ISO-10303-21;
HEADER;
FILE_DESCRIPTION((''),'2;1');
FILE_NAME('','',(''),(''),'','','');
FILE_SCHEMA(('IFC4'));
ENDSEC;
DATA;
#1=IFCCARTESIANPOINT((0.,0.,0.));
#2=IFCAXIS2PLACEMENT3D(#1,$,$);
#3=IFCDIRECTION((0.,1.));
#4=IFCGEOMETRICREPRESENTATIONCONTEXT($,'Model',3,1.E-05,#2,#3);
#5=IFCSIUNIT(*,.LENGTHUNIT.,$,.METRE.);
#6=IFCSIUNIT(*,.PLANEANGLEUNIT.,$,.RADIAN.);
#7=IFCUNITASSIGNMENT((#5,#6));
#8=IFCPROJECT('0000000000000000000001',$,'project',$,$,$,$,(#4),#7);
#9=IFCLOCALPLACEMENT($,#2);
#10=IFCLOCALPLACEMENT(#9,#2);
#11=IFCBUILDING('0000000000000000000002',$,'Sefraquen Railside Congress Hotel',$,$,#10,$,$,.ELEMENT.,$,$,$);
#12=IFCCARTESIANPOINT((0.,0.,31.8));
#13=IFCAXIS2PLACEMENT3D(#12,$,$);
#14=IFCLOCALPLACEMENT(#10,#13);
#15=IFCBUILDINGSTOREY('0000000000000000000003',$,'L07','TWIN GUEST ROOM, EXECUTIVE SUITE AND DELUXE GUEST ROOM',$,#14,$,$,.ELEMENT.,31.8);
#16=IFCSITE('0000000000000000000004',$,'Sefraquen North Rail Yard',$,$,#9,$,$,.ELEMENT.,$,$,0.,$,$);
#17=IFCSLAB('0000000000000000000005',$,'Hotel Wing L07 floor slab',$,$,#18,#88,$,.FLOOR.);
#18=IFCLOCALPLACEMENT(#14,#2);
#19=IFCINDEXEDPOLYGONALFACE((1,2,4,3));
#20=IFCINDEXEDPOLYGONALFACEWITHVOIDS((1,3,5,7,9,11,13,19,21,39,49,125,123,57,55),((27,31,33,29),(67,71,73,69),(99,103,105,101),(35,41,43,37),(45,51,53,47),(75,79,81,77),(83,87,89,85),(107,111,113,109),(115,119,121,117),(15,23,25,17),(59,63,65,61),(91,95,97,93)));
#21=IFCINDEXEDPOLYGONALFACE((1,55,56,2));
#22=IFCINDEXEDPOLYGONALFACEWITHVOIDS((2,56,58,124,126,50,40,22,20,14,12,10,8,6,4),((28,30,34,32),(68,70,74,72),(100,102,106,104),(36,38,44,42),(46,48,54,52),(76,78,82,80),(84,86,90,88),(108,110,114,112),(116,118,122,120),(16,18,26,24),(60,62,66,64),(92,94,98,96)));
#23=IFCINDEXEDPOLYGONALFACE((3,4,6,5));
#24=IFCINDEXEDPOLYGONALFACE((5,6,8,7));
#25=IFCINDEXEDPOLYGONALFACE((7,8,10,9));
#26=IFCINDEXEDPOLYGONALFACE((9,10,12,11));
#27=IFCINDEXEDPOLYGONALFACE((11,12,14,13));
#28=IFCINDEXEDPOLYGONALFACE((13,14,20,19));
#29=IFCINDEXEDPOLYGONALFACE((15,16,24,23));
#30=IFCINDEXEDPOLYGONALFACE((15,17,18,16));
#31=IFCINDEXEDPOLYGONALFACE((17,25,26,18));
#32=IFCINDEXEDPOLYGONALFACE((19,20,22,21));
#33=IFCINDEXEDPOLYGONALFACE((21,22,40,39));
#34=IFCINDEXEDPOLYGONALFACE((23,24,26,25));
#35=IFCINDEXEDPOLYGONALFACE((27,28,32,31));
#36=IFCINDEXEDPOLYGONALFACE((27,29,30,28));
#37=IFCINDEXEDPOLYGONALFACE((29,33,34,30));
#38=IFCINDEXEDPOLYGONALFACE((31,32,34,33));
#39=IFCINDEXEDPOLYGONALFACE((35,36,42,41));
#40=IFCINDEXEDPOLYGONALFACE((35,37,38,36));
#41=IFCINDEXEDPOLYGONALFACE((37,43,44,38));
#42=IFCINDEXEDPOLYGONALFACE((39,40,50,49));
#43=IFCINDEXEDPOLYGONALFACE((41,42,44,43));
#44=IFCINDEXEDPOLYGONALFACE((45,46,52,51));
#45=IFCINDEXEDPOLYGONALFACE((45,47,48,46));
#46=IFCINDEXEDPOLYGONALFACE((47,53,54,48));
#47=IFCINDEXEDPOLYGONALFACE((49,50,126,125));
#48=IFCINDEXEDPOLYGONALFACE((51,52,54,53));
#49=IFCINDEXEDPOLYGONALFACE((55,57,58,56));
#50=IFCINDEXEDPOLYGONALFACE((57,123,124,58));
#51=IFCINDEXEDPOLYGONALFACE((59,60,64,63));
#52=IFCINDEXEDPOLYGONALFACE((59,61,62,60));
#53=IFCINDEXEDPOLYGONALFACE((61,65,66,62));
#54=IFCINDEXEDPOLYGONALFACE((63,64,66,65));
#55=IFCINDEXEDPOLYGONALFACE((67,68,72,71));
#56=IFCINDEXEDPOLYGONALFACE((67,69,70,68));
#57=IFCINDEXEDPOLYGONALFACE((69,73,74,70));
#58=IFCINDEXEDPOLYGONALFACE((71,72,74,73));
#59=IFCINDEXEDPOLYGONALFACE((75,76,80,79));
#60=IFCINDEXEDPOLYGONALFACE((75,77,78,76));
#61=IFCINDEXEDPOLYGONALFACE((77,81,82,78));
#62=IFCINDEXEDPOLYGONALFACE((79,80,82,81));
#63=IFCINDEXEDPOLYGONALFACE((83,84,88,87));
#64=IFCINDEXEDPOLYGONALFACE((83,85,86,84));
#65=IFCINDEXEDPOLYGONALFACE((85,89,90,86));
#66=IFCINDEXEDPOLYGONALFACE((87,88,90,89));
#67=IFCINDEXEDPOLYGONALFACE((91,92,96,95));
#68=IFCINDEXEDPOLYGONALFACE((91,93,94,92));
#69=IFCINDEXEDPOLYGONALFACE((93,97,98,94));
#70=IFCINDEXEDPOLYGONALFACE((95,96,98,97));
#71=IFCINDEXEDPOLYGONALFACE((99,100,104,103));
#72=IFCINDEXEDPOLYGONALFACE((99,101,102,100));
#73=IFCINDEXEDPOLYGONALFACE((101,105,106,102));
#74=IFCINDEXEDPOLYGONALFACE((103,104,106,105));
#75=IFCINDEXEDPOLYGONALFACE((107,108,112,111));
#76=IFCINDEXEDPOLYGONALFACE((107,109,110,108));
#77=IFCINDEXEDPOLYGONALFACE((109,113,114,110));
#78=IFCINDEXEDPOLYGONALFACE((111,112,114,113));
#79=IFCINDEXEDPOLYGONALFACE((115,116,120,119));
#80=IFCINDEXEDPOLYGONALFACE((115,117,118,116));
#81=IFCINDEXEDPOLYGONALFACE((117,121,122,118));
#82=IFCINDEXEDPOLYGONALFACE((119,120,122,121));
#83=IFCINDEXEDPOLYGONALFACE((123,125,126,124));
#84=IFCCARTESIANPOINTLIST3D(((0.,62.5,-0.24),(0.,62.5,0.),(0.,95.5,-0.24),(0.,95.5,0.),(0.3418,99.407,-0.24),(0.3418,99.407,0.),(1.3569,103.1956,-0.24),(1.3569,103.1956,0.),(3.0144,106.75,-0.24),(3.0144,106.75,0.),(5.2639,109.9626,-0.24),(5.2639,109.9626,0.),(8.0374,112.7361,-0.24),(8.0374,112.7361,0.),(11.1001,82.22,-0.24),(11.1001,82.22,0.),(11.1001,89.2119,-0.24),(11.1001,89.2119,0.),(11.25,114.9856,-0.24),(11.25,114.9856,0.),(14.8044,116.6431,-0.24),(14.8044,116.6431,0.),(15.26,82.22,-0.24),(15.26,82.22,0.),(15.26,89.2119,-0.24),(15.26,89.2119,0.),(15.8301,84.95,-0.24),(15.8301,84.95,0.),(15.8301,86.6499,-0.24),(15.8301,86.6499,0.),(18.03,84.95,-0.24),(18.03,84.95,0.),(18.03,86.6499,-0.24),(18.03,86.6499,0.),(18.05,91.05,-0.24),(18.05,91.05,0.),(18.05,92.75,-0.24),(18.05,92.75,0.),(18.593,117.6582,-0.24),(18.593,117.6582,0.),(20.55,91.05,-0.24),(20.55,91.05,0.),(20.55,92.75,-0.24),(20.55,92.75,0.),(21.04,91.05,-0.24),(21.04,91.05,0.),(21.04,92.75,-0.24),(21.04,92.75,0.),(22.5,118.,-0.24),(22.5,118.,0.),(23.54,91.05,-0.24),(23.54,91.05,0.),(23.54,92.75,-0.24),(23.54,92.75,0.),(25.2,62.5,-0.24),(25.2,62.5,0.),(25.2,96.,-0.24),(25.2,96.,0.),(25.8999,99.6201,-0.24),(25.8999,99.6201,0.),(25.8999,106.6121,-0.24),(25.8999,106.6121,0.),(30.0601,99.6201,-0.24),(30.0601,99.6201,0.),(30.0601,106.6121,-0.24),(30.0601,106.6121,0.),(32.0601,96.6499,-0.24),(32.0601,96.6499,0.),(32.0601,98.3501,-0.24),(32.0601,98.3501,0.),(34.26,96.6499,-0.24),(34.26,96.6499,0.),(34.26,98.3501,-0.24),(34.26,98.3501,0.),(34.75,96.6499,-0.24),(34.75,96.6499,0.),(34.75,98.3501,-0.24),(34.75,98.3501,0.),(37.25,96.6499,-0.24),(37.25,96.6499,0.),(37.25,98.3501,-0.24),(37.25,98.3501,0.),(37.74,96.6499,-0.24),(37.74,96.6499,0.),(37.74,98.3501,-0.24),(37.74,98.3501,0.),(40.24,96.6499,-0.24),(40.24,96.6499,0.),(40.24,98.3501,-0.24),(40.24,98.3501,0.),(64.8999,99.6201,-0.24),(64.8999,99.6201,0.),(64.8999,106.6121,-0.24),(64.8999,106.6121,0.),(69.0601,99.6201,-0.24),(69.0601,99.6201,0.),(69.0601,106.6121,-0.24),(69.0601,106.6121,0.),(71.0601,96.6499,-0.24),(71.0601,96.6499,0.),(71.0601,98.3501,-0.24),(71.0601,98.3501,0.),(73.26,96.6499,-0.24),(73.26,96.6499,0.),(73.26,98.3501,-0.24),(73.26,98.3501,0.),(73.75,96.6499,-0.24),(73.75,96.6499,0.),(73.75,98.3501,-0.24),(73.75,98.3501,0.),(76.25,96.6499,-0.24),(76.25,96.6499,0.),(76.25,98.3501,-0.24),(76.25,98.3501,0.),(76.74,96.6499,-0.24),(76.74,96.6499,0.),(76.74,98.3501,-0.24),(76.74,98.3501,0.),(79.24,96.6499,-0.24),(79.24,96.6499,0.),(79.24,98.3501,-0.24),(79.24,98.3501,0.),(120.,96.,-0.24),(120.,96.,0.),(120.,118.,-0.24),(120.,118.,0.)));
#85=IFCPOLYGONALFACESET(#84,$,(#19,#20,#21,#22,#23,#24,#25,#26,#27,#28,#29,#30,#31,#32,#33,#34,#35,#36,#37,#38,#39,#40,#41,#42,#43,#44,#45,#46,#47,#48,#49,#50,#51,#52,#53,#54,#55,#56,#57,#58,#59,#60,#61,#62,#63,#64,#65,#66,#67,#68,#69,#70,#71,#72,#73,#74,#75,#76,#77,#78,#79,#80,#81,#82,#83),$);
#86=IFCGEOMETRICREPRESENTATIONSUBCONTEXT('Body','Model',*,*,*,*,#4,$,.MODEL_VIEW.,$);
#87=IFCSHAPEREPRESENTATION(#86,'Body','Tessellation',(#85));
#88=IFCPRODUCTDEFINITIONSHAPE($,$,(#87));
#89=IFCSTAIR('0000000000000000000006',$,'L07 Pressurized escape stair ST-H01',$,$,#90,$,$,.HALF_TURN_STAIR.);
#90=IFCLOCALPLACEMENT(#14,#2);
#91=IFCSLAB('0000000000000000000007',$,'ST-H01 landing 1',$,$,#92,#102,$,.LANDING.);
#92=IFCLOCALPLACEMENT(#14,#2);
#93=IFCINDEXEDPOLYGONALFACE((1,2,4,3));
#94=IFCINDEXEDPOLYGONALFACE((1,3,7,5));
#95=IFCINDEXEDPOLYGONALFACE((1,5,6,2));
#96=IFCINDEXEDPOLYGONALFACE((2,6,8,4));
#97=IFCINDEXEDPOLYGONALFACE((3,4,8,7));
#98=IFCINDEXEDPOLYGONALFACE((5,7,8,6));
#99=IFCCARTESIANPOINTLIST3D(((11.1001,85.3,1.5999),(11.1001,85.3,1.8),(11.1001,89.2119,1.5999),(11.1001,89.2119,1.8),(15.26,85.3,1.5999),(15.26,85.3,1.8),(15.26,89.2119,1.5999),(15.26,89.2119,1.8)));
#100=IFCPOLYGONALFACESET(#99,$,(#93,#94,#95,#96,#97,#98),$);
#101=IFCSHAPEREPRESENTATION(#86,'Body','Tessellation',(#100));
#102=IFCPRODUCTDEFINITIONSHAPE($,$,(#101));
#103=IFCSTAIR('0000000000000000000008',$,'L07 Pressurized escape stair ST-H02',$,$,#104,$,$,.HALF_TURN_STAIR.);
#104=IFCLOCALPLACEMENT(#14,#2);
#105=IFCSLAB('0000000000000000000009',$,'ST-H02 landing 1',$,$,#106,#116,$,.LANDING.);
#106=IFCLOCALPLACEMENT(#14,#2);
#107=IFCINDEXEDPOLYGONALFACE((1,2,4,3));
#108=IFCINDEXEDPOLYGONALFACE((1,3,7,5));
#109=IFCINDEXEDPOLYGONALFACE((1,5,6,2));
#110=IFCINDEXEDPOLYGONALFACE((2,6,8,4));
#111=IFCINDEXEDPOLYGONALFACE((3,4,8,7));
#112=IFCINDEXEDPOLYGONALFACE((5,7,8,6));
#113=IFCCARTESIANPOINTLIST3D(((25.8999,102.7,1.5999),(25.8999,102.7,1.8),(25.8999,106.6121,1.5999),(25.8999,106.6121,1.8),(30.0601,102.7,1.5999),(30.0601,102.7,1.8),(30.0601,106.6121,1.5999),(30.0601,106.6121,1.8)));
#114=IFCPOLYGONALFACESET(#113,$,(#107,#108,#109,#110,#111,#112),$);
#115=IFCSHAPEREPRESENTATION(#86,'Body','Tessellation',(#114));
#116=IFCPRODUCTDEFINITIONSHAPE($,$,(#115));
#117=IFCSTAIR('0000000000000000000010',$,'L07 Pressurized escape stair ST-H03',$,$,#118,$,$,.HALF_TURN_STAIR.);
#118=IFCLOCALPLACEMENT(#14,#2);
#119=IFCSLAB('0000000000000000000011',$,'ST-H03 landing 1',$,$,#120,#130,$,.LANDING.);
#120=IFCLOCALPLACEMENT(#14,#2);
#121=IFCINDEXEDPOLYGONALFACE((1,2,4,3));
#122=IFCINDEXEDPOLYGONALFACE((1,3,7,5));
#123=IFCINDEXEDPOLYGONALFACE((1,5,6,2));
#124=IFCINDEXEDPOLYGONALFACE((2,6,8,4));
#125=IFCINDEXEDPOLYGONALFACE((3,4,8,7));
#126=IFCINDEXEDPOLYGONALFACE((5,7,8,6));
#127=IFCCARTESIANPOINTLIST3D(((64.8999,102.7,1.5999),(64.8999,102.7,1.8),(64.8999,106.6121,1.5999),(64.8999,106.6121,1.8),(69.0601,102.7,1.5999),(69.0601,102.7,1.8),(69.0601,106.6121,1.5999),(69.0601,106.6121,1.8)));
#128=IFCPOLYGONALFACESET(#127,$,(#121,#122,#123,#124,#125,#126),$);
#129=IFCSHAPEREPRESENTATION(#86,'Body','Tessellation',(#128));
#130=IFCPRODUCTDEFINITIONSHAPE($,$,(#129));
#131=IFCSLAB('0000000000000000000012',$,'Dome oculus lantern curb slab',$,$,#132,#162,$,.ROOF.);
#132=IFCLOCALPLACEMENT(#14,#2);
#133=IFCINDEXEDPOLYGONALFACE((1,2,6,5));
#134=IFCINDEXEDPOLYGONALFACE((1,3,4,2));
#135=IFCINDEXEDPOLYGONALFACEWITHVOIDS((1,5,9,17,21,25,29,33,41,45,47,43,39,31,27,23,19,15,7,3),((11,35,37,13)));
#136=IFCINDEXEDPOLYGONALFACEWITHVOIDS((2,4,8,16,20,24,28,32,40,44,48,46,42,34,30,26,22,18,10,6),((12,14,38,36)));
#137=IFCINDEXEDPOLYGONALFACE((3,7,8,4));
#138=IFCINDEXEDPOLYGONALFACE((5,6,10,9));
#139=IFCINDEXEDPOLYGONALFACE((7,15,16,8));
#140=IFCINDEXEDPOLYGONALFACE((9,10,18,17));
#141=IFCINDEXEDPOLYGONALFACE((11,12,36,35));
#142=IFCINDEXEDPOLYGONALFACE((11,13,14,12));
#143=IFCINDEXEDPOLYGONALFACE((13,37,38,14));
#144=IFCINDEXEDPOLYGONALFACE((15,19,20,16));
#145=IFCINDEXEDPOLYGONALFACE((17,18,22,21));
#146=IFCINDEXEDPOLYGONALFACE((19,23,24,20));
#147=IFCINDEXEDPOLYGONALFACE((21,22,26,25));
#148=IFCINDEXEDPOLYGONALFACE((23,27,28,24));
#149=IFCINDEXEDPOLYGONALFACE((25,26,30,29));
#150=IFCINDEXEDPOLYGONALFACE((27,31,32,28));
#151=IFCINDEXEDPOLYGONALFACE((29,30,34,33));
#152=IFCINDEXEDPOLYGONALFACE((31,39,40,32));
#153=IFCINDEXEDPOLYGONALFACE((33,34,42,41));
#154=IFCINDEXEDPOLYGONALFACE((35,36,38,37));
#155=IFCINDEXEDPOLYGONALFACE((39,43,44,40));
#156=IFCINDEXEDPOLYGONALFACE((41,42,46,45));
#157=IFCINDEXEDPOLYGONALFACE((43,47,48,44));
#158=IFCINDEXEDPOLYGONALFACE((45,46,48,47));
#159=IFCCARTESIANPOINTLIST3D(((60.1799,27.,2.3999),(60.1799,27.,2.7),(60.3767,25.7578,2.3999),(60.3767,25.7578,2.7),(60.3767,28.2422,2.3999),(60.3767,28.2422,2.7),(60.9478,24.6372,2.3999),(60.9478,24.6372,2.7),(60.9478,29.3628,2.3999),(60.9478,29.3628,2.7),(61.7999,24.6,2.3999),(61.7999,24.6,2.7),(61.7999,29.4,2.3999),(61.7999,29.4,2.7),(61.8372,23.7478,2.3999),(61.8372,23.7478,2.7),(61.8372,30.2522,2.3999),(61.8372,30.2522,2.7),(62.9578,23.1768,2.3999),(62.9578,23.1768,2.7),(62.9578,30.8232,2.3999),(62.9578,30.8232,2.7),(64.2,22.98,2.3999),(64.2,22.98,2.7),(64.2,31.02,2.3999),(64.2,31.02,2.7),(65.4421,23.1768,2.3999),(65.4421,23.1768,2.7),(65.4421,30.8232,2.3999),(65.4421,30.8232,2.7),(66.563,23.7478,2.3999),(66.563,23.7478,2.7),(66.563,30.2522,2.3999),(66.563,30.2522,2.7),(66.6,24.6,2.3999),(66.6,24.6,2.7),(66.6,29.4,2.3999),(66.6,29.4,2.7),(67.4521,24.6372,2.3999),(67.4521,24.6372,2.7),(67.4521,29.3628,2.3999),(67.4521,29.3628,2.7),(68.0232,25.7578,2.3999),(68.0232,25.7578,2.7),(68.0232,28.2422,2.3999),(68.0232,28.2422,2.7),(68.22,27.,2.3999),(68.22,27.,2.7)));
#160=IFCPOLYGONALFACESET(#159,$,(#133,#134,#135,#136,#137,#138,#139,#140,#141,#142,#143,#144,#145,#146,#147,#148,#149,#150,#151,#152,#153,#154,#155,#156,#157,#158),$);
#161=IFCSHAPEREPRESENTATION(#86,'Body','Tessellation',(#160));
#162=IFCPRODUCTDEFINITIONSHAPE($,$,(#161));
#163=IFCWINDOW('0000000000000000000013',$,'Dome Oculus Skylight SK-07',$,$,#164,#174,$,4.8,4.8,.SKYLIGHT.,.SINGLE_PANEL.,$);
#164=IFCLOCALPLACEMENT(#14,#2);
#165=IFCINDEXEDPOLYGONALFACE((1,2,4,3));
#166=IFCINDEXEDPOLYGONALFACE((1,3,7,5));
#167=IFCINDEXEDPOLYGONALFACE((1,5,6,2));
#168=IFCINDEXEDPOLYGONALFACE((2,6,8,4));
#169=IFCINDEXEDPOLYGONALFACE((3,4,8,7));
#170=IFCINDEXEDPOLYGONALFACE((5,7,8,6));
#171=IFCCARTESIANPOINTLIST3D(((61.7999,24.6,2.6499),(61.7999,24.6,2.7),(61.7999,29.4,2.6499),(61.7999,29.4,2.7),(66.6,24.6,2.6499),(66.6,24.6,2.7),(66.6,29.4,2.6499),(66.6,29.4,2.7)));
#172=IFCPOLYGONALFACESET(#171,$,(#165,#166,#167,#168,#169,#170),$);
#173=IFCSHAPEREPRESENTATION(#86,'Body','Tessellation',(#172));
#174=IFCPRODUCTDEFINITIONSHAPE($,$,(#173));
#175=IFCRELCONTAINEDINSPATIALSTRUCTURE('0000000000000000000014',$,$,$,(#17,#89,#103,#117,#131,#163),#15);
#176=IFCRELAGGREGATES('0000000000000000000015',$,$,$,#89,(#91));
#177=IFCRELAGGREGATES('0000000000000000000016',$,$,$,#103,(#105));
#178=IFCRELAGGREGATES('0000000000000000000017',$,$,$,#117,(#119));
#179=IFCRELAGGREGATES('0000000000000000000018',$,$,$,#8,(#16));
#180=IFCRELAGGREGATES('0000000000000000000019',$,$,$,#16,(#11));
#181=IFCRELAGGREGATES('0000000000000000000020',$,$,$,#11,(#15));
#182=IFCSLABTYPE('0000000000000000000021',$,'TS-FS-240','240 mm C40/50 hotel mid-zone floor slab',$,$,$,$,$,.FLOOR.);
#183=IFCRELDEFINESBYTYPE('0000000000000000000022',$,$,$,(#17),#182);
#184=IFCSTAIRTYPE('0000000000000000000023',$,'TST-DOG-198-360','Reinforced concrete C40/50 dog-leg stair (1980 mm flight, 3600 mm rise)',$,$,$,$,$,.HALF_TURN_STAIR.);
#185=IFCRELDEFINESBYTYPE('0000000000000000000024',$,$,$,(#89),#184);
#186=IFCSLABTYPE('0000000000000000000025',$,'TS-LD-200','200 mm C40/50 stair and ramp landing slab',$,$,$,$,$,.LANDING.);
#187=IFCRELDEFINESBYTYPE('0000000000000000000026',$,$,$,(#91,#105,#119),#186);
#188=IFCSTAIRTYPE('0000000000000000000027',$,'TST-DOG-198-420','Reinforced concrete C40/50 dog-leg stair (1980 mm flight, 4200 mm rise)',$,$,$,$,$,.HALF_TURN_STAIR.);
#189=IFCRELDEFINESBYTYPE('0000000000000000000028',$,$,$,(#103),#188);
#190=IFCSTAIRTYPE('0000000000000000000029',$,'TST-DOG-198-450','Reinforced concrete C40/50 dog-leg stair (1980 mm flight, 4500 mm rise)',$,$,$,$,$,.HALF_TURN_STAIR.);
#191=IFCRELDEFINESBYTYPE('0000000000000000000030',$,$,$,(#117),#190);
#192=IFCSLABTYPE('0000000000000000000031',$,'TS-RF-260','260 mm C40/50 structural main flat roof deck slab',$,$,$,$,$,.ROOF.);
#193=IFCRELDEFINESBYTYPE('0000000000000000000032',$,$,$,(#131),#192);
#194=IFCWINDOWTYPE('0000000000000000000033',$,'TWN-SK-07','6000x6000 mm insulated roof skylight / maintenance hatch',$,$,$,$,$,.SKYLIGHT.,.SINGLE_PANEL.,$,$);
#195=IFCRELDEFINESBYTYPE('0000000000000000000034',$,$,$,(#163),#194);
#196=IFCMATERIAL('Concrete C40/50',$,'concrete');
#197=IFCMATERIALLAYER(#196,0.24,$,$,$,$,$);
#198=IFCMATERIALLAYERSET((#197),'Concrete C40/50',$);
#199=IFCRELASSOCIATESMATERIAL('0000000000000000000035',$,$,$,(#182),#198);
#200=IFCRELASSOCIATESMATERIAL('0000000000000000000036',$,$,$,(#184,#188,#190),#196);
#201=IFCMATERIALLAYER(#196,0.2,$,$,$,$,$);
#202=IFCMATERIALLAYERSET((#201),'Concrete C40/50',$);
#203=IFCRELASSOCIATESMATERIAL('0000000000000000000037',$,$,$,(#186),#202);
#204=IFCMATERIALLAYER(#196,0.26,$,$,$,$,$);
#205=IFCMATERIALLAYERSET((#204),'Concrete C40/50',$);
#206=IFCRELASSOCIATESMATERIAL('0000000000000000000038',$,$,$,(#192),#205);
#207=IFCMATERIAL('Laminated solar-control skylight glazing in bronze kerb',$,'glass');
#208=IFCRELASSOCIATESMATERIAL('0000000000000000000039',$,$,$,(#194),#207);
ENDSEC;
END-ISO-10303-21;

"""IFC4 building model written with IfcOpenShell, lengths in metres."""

from ifc_helpers import new_model, si_unit, direction, frame, origin, origin_2d, place, context, subcontext, project, spatial, polyline, rectangle, outline, extrude, material, layer, layer_set, type_object, element, fill, aggregate, save


model = new_model("IFC4")

# Units and contexts
model_context = context("Model", 3, precision=1e-05, world=origin(), true_north=direction((0.0, 1.0)))
body_context = subcontext(model_context, "Body", "Model", "MODEL_VIEW")
ifc_project = project(units=[si_unit("LENGTHUNIT", "METRE"), si_unit("PLANEANGLEUNIT", "RADIAN")], contexts=[model_context])

# Site, building, storey
site_placement = place(None, origin())
site = spatial("IfcSite", under=ifc_project, at=site_placement, Name="Sefraquen North Rail Yard", CompositionType="ELEMENT", RefElevation=0.0)
building_placement = place(site_placement, origin())
building = spatial("IfcBuilding", under=site, at=building_placement, Name="Sefraquen Railside Congress Hotel", CompositionType="ELEMENT")
storey_placement = place(building_placement, frame((0.0, 0.0, 31.8)))
storey = spatial("IfcBuildingStorey", under=building, at=storey_placement, Name="L07", Description="TWIN GUEST ROOM, EXECUTIVE SUITE AND DELUXE GUEST ROOM", CompositionType="ELEMENT", Elevation=31.8)

# Slab
ifc_material_1 = material(Name="Concrete C40/50", Category="concrete")
ifc_layer_1 = layer(ifc_material_1, 0.24)
ifc_layer_set_1 = layer_set([ifc_layer_1], Name="Concrete C40/50")
slab_type_1 = type_object("IfcSlabType", Name="TS-FS-240", Description="240 mm C40/50 hotel mid-zone floor slab", PredefinedType="FLOOR", material=ifc_layer_set_1)
slab_1_placement = place(storey_placement, frame((0.0, 0.0, -0.24)))
element("IfcSlab", 1, at=slab_1_placement, inside=storey, type_object=slab_type_1, Name="Hotel Wing L07 floor slab", PredefinedType="FLOOR", context=body_context, shape_type="SweptSolid", body=[
    extrude(outline(polyline([(0.0, 62.5), (25.2, 62.5), (25.2, 96.0), (120.0, 96.0), (120.0, 118.0), (22.5, 118.0), (18.593, 117.6582), (14.8044, 116.6431), (11.25, 114.9856), (8.0374, 112.7361), (5.2639, 109.9626), (3.0144, 106.75), (1.3569, 103.1956), (0.3418, 99.407), (0.0, 95.5), (0.0, 62.5)]), holes=[polyline([(11.1001, 82.22), (15.26, 82.22), (15.26, 89.2119), (11.1001, 89.2119), (11.1001, 82.22)]), polyline([(25.8999, 99.6201), (30.0601, 99.6201), (30.0601, 106.6121), (25.8999, 106.6121), (25.8999, 99.6201)]), polyline([(64.8999, 99.6201), (69.0601, 99.6201), (69.0601, 106.6121), (64.8999, 106.6121), (64.8999, 99.6201)]), polyline([(15.8301, 84.95), (18.03, 84.95), (18.03, 86.6499), (15.8301, 86.6499), (15.8301, 84.95)]), polyline([(32.0601, 96.6499), (34.26, 96.6499), (34.26, 98.3501), (32.0601, 98.3501), (32.0601, 96.6499)]), polyline([(71.0601, 96.6499), (73.26, 96.6499), (73.26, 98.3501), (71.0601, 98.3501), (71.0601, 96.6499)]), polyline([(18.05, 91.05), (20.55, 91.05), (20.55, 92.75), (18.05, 92.75), (18.05, 91.05)]), polyline([(21.04, 91.05), (23.54, 91.05), (23.54, 92.75), (21.04, 92.75), (21.04, 91.05)]), polyline([(34.75, 96.6499), (37.25, 96.6499), (37.25, 98.3501), (34.75, 98.3501), (34.75, 96.6499)]), polyline([(37.74, 96.6499), (40.24, 96.6499), (40.24, 98.3501), (37.74, 98.3501), (37.74, 96.6499)]), polyline([(73.75, 96.6499), (76.25, 96.6499), (76.25, 98.3501), (73.75, 98.3501), (73.75, 96.6499)]), polyline([(76.74, 96.6499), (79.24, 96.6499), (79.24, 98.3501), (76.74, 98.3501), (76.74, 96.6499)])]), origin(), (0.0, 0.0, 1.0), 0.24),
])

# Stairs, slabs
stair_type_1 = type_object("IfcStairType", Name="TST-DOG-198-360", Description="Reinforced concrete C40/50 dog-leg stair (1980 mm flight, 3600 mm rise)", PredefinedType="HALF_TURN_STAIR", material=ifc_material_1)
stair_1_placement = place(storey_placement, origin())
stair_1 = element("IfcStair", 2, at=stair_1_placement, inside=storey, type_object=stair_type_1, Name="L07 Pressurized escape stair ST-H01", PredefinedType="HALF_TURN_STAIR")
ifc_layer_2 = layer(ifc_material_1, 0.2)
ifc_layer_set_2 = layer_set([ifc_layer_2], Name="Concrete C40/50")
slab_type_2 = type_object("IfcSlabType", Name="TS-LD-200", Description="200 mm C40/50 stair and ramp landing slab", PredefinedType="LANDING", material=ifc_layer_set_2)
slab_2_placement = place(storey_placement, frame((0.0, 0.0, 1.5999)))
slab_2 = element("IfcSlab", 3, at=slab_2_placement, type_object=slab_type_2, Name="ST-H01 landing 1", PredefinedType="LANDING", context=body_context, shape_type="SweptSolid", body=[
    extrude(outline(polyline([(15.26, 85.3), (15.26, 89.2119), (11.1001, 89.2119), (11.1001, 85.3), (15.26, 85.3)])), origin(), (0.0, 0.0, 1.0), 0.2002),
])
aggregate(stair_1, [slab_2])
stair_type_2 = type_object("IfcStairType", Name="TST-DOG-198-420", Description="Reinforced concrete C40/50 dog-leg stair (1980 mm flight, 4200 mm rise)", PredefinedType="HALF_TURN_STAIR", material=ifc_material_1)
stair_2_placement = place(storey_placement, origin())
stair_2 = element("IfcStair", 4, at=stair_2_placement, inside=storey, type_object=stair_type_2, Name="L07 Pressurized escape stair ST-H02", PredefinedType="HALF_TURN_STAIR")
slab_3_placement = place(storey_placement, frame((0.0, 0.0, 1.5999)))
slab_3 = element("IfcSlab", 5, at=slab_3_placement, type_object=slab_type_2, Name="ST-H02 landing 1", PredefinedType="LANDING", context=body_context, shape_type="SweptSolid", body=[
    extrude(outline(polyline([(30.0601, 102.7), (30.0601, 106.6121), (25.8999, 106.6121), (25.8999, 102.7), (30.0601, 102.7)])), origin(), (0.0, 0.0, 1.0), 0.2002),
])
aggregate(stair_2, [slab_3])
stair_type_3 = type_object("IfcStairType", Name="TST-DOG-198-450", Description="Reinforced concrete C40/50 dog-leg stair (1980 mm flight, 4500 mm rise)", PredefinedType="HALF_TURN_STAIR", material=ifc_material_1)
stair_3_placement = place(storey_placement, origin())
stair_3 = element("IfcStair", 6, at=stair_3_placement, inside=storey, type_object=stair_type_3, Name="L07 Pressurized escape stair ST-H03", PredefinedType="HALF_TURN_STAIR")
slab_4_placement = place(storey_placement, frame((0.0, 0.0, 1.5999)))
slab_4 = element("IfcSlab", 7, at=slab_4_placement, type_object=slab_type_2, Name="ST-H03 landing 1", PredefinedType="LANDING", context=body_context, shape_type="SweptSolid", body=[
    extrude(outline(polyline([(69.0601, 102.7), (69.0601, 106.6121), (64.8999, 106.6121), (64.8999, 102.7), (69.0601, 102.7)])), origin(), (0.0, 0.0, 1.0), 0.2002),
])
aggregate(stair_3, [slab_4])

# Slab, opening, window
ifc_layer_3 = layer(ifc_material_1, 0.26)
ifc_layer_set_3 = layer_set([ifc_layer_3], Name="Concrete C40/50")
slab_type_3 = type_object("IfcSlabType", Name="TS-RF-260", Description="260 mm C40/50 structural main flat roof deck slab", PredefinedType="ROOF", material=ifc_layer_set_3)
slab_5_placement = place(storey_placement, frame((0.0, 0.0, 2.3999)))
slab_5 = element("IfcSlab", 8, at=slab_5_placement, inside=storey, type_object=slab_type_3, Name="Dome oculus lantern curb slab", PredefinedType="ROOF", context=body_context, shape_type="SweptSolid", body=[
    extrude(outline(polyline([(68.22, 27.0), (68.0232, 28.2422), (67.4521, 29.3628), (66.563, 30.2522), (65.4421, 30.8232), (64.2, 31.02), (62.9578, 30.8232), (61.8372, 30.2522), (60.9478, 29.3628), (60.3767, 28.2422), (60.1799, 27.0), (60.3767, 25.7578), (60.9478, 24.6372), (61.8372, 23.7478), (62.9578, 23.1768), (64.2, 22.98), (65.4421, 23.1768), (66.563, 23.7478), (67.4521, 24.6372), (68.0232, 25.7578), (68.22, 27.0)])), origin(), (0.0, 0.0, 1.0), 0.3),
])
opening_1_placement = place(slab_5_placement, frame((64.2, 27.0, -0.01)))
opening_1 = element("IfcOpeningElement", 9, at=opening_1_placement, cuts=slab_5, PredefinedType="OPENING", context=body_context, shape_type="SweptSolid", body=[
    extrude(rectangle(XDim=4.8, YDim=4.8, at=origin_2d()), origin(), (0.0, 0.0, 1.0), 0.3201),
])
ifc_material_2 = material(Name="Laminated solar-control skylight glazing in bronze kerb", Category="glass")
window_type_1 = type_object("IfcWindowType", Name="TWN-SK-07", Description="6000x6000 mm insulated roof skylight / maintenance hatch", PartitioningType="SINGLE_PANEL", PredefinedType="SKYLIGHT", material=ifc_material_2)
window_1_placement = place(opening_1_placement, frame((0.0, 0.0, 0.26)))
window_1 = element("IfcWindow", 10, at=window_1_placement, inside=storey, type_object=window_type_1, Name="Dome Oculus Skylight SK-07", OverallHeight=4.8, OverallWidth=4.8, PartitioningType="SINGLE_PANEL", PredefinedType="SKYLIGHT", context=body_context, shape_type="SweptSolid", body=[
    extrude(rectangle(XDim=4.8, YDim=4.8, at=origin_2d()), origin(), (0.0, 0.0, 1.0), 0.05),
])
fill(opening_1, window_1)

save(model, "model.ifc")
